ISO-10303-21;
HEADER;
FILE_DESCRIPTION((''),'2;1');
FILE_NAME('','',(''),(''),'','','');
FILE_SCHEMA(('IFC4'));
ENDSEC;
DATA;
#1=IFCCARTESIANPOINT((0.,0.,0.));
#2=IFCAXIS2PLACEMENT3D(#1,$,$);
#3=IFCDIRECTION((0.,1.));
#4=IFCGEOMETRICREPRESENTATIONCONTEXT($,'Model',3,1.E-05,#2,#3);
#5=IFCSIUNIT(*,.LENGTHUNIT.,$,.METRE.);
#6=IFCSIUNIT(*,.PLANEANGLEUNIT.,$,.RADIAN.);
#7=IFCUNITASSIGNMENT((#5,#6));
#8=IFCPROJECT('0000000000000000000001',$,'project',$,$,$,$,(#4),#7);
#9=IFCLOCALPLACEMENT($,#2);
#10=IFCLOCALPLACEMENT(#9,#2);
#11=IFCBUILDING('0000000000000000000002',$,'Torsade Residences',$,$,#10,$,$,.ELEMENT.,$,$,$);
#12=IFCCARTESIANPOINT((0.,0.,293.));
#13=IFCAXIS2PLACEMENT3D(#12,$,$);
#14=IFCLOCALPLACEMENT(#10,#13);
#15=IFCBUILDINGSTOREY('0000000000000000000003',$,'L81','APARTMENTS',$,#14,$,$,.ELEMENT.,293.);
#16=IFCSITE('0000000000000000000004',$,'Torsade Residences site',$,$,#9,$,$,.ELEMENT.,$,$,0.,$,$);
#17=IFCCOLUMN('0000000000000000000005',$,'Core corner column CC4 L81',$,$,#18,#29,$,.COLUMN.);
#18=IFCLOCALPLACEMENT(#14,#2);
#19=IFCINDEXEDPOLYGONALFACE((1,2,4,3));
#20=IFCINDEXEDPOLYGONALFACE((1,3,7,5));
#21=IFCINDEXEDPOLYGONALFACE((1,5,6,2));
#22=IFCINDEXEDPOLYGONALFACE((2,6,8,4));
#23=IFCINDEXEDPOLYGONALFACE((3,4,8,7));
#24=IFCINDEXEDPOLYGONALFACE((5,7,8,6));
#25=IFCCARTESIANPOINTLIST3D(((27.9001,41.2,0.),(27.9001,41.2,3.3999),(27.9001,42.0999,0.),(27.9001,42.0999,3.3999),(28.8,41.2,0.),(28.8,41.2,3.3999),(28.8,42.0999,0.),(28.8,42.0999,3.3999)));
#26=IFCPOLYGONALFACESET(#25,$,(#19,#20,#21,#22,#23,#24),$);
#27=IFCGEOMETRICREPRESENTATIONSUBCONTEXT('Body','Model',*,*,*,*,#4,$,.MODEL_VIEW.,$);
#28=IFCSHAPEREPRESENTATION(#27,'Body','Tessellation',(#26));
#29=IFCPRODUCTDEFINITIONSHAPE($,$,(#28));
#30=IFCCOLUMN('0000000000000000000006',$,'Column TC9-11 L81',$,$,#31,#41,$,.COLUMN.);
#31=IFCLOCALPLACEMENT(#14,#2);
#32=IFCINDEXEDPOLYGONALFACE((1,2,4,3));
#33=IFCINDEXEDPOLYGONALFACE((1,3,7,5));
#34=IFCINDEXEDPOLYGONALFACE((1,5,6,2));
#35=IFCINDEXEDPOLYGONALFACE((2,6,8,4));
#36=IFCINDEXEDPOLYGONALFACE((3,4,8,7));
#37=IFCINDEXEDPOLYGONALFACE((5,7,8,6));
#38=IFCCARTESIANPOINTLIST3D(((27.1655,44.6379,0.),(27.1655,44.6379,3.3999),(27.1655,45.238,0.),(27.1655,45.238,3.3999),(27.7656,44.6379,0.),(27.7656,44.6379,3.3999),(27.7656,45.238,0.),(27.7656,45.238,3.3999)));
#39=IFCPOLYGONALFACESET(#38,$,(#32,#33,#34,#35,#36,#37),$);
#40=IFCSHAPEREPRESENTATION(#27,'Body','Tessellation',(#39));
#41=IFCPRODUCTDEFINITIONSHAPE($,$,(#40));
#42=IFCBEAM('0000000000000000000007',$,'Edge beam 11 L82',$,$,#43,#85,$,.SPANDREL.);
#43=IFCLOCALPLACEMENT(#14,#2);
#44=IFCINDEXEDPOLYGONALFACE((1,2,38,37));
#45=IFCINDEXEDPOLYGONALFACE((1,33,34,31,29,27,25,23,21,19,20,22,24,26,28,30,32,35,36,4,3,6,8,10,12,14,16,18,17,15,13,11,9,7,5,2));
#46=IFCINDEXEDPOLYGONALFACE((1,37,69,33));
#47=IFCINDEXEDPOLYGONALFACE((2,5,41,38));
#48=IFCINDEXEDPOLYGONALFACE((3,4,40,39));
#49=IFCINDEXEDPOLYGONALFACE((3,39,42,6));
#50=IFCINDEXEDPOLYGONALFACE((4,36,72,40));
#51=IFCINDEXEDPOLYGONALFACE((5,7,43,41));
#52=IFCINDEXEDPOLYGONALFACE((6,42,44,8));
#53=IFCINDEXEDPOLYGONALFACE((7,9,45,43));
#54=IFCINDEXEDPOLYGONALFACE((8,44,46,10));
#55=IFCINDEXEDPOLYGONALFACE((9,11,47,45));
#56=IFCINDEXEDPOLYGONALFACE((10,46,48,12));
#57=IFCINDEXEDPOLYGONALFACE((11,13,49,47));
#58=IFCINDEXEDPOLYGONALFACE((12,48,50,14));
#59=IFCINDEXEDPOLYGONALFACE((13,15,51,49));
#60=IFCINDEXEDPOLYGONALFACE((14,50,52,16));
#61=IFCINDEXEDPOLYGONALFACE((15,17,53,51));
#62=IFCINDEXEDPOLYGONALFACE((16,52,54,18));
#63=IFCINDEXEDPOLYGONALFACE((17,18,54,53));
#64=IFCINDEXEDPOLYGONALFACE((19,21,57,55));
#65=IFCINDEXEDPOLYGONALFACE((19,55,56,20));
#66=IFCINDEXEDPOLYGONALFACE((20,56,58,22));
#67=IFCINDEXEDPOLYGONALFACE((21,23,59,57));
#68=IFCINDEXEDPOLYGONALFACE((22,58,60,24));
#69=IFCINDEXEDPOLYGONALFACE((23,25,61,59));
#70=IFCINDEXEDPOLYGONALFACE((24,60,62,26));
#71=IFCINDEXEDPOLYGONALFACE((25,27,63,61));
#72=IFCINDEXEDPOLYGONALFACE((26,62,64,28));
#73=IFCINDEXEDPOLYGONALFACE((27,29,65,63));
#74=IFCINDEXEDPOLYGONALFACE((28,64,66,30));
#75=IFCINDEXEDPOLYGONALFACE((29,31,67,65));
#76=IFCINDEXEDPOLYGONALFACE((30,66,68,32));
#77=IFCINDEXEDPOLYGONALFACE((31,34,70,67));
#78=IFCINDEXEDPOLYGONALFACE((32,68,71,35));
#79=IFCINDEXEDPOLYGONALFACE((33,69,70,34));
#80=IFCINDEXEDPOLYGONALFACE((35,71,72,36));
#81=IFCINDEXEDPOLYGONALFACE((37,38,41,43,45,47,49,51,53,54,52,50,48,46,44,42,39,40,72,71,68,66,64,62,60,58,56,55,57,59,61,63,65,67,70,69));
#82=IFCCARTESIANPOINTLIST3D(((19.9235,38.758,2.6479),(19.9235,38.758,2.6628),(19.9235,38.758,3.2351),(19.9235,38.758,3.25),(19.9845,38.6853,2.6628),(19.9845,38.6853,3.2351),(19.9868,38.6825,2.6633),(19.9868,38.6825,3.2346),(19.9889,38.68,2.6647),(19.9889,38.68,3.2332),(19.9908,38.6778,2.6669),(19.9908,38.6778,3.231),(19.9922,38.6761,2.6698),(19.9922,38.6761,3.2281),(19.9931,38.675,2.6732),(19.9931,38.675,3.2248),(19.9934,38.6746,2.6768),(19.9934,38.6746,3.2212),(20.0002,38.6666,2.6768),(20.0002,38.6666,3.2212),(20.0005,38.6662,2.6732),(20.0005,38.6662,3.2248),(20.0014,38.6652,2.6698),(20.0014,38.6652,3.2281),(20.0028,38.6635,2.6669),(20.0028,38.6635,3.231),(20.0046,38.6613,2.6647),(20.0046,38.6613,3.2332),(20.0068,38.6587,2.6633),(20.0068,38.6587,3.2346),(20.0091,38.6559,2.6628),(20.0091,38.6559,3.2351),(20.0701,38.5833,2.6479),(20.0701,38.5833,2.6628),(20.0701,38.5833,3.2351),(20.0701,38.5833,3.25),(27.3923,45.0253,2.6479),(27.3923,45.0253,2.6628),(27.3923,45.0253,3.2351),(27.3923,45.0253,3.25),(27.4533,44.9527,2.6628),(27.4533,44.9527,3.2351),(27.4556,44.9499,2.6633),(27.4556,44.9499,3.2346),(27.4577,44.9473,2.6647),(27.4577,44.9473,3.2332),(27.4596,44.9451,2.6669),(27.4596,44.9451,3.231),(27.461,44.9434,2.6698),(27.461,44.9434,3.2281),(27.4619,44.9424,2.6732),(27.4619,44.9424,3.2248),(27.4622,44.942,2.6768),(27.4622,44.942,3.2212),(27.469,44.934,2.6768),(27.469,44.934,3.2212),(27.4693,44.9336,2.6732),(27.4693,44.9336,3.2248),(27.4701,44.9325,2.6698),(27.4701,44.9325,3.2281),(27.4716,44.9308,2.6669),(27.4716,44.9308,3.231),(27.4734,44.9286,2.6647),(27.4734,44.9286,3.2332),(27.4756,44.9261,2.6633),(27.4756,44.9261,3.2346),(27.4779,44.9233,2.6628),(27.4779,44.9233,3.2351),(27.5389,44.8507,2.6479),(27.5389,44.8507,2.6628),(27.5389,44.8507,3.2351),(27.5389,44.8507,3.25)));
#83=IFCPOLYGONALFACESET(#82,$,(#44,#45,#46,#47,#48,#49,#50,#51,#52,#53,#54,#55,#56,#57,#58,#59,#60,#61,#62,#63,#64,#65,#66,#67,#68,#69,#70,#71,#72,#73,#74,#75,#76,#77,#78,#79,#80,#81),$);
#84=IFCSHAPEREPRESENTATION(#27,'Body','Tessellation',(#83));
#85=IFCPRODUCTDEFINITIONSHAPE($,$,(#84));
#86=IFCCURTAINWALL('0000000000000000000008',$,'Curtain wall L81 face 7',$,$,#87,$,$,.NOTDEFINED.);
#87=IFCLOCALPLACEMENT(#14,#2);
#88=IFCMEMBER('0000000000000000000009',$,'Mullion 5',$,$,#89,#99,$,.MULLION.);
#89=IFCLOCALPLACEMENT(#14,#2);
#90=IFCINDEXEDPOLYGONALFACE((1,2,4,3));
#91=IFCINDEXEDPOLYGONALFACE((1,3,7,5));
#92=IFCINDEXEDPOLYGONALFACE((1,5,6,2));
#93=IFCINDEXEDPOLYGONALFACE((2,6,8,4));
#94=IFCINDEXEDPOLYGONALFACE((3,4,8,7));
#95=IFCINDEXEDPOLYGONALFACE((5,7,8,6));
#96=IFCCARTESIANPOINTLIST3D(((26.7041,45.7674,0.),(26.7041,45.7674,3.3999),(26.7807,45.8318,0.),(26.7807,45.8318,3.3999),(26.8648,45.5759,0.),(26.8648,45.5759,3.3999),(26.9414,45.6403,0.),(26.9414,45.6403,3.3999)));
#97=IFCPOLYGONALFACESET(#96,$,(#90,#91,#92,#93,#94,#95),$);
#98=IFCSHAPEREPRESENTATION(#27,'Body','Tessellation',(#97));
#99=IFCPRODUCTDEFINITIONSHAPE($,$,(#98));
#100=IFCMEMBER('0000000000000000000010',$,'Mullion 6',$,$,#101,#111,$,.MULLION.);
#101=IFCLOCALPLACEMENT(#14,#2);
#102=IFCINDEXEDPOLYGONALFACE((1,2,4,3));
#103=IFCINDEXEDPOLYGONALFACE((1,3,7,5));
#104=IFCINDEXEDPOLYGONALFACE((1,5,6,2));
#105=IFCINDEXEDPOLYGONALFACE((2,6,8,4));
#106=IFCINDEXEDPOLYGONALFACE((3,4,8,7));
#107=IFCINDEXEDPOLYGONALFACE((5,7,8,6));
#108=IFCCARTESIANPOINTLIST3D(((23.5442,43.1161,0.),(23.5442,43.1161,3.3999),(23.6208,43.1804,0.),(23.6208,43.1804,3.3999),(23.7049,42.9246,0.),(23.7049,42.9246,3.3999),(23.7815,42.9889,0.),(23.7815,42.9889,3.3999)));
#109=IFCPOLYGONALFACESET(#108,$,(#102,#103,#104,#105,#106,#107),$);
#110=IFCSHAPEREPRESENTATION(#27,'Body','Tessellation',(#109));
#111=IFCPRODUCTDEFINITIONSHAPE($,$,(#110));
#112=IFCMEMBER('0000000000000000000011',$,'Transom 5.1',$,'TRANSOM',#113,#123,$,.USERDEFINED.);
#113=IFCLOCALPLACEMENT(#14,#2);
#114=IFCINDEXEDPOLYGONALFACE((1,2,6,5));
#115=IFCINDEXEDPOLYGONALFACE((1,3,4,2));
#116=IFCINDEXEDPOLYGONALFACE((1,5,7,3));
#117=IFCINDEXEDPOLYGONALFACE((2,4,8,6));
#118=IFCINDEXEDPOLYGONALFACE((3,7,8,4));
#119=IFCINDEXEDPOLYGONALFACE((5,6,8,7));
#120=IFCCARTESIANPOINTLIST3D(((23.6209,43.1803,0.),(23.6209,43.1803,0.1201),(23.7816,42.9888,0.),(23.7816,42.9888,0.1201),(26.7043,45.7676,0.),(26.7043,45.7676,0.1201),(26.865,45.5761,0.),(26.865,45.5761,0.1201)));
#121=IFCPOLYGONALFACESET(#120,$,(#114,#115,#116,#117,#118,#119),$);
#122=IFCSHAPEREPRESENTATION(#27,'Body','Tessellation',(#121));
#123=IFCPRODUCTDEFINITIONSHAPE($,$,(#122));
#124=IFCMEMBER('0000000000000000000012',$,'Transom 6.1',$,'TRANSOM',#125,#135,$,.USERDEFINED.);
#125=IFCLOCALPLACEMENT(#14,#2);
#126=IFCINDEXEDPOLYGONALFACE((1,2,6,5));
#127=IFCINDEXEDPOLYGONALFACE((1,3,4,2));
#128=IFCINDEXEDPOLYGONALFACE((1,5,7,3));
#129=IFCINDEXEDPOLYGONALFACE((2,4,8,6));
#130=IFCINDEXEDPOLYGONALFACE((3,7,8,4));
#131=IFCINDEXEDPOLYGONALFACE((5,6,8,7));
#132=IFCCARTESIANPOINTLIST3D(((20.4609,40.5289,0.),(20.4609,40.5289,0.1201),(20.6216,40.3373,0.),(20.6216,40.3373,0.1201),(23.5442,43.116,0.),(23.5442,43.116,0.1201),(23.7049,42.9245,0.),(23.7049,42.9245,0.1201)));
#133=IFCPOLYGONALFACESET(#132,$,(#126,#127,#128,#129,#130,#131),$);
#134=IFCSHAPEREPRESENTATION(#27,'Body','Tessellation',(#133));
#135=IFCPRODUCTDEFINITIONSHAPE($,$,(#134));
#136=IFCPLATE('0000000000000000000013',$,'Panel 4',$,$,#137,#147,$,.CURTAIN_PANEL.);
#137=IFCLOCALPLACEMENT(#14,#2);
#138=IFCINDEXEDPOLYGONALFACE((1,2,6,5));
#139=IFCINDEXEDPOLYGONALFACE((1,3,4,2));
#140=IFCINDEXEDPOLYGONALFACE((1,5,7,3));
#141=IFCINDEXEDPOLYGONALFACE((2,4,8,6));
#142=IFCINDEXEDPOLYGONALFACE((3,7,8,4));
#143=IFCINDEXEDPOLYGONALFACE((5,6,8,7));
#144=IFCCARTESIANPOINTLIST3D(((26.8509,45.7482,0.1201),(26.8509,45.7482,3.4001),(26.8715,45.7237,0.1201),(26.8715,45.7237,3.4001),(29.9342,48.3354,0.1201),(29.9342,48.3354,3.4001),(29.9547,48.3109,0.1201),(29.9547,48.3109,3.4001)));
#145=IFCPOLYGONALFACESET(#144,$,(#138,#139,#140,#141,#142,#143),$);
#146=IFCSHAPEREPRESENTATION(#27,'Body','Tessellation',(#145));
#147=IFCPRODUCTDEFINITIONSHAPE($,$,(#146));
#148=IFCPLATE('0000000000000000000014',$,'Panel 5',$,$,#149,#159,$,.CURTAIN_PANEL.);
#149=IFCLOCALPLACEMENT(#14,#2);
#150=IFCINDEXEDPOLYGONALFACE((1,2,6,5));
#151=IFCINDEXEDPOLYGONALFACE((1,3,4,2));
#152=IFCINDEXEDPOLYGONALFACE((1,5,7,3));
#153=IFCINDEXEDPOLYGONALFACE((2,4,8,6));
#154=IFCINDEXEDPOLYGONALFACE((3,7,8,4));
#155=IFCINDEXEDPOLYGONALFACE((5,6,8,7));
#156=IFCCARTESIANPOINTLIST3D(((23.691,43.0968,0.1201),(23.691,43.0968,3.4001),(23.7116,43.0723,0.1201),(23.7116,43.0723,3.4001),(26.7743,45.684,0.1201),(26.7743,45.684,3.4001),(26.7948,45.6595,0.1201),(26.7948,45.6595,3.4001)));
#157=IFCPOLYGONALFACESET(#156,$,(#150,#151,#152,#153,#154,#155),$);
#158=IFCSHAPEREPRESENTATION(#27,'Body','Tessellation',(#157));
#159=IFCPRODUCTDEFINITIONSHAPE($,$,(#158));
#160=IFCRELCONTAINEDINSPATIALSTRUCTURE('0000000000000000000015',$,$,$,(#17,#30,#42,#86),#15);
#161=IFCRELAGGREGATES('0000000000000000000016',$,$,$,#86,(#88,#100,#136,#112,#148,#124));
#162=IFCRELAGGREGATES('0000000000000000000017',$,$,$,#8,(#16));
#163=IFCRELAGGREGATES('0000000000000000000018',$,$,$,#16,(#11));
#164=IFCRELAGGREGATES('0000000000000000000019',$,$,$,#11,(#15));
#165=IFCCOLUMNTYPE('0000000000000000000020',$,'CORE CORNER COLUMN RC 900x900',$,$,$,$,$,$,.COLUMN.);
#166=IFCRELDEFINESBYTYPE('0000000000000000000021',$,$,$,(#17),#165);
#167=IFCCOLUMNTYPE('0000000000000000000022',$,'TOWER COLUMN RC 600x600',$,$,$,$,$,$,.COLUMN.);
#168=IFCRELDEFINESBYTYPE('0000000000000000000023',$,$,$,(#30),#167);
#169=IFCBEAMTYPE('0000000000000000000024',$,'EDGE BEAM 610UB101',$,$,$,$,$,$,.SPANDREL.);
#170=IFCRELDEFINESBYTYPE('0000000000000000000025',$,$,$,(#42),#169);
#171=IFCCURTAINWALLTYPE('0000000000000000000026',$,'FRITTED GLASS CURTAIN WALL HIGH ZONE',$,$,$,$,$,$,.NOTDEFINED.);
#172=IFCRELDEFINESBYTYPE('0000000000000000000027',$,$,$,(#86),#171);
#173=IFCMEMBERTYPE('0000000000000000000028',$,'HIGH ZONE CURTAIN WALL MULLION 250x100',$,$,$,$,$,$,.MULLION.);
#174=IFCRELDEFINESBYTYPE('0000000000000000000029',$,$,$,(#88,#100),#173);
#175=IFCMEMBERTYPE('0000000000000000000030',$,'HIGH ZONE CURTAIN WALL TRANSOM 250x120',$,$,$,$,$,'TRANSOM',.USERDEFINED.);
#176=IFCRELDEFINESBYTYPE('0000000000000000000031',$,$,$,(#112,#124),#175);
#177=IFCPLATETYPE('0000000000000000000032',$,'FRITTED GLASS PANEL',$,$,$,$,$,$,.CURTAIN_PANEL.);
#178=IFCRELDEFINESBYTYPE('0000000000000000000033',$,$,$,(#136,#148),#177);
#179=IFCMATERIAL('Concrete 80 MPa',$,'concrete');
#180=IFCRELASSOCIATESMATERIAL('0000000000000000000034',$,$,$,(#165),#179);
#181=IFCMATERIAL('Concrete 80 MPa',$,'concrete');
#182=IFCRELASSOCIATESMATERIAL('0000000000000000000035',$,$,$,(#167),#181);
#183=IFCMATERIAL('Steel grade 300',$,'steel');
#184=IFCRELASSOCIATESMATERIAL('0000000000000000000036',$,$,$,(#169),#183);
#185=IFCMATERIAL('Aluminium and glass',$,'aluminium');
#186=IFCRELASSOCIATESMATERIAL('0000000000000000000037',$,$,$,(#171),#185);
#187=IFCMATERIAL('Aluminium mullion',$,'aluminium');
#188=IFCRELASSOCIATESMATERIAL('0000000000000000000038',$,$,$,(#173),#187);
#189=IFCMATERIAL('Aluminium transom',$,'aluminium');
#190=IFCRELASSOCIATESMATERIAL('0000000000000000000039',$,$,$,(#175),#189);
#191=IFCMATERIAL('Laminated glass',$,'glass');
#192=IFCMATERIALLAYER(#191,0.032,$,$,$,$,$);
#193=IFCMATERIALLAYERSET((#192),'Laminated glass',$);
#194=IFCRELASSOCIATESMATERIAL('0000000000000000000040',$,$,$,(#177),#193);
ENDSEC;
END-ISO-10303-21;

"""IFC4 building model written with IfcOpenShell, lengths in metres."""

from ifc_helpers import new_model, si_unit, direction, frame, origin, origin_2d, place, context, subcontext, project, spatial, rectangle, i_section, extrude, material, layer, layer_set, material_profile, profile_set, type_object, element, aggregate, save


model = new_model("IFC4")

# Units and contexts
model_context = context("Model", 3, precision=1e-05, world=origin(), true_north=direction((0.0, 1.0)))
body_context = subcontext(model_context, "Body", "Model", "MODEL_VIEW")
ifc_project = project(units=[si_unit("LENGTHUNIT", "METRE"), si_unit("PLANEANGLEUNIT", "RADIAN")], contexts=[model_context])

# Site, building, storey
site_placement = place(None, origin())
site = spatial("IfcSite", under=ifc_project, at=site_placement, Name="Torsade Residences site", CompositionType="ELEMENT", RefElevation=0.0)
building_placement = place(site_placement, origin())
building = spatial("IfcBuilding", under=site, at=building_placement, Name="Torsade Residences", CompositionType="ELEMENT")
storey_placement = place(building_placement, frame((0.0, 0.0, 293.0)))
storey = spatial("IfcBuildingStorey", under=building, at=storey_placement, Name="L81", Description="APARTMENTS", CompositionType="ELEMENT", Elevation=293.0)

# Columns
ifc_material_1 = material(Name="Concrete 80 MPa", Category="concrete")
ifc_material_profile_1 = material_profile(ifc_material_1, rectangle(XDim=0.8999, YDim=0.8999, at=origin_2d()), Name="RC 900x900")
ifc_profile_set_1 = profile_set([ifc_material_profile_1], Name="Concrete 80 MPa")
column_type_1 = type_object("IfcColumnType", Name="CORE CORNER COLUMN RC 900x900", PredefinedType="COLUMN", material=ifc_profile_set_1)
column_1_placement = place(storey_placement, frame((28.3501, 41.6499, 0.0), z_axis=(0.0, 0.0, 1.0), x_axis=(1.0, 0.0, 0.0)))
element("IfcColumn", 1, at=column_1_placement, inside=storey, type_object=column_type_1, Name="Core corner column CC4 L81", PredefinedType="COLUMN", context=body_context, shape_type="SweptSolid", body=[
    extrude(rectangle(XDim=0.8999, YDim=0.8999, at=origin_2d()), origin(), (0.0, 0.0, 1.0), 3.3999),
])
ifc_material_2 = material(Name="Concrete 80 MPa", Category="concrete")
ifc_material_profile_2 = material_profile(ifc_material_2, rectangle(XDim=0.6001, YDim=0.6001, at=origin_2d()), Name="RC 600x600")
ifc_profile_set_2 = profile_set([ifc_material_profile_2], Name="Concrete 80 MPa")
column_type_2 = type_object("IfcColumnType", Name="TOWER COLUMN RC 600x600", PredefinedType="COLUMN", material=ifc_profile_set_2)
column_2_placement = place(storey_placement, frame((27.4656, 44.938, 0.0), z_axis=(0.0, 0.0, 1.0), x_axis=(1.0, 0.0, 0.0)))
element("IfcColumn", 2, at=column_2_placement, inside=storey, type_object=column_type_2, Name="Column TC9-11 L81", PredefinedType="COLUMN", context=body_context, shape_type="SweptSolid", body=[
    extrude(rectangle(XDim=0.6001, YDim=0.6001, at=origin_2d()), origin(), (0.0, 0.0, 1.0), 3.3999),
])

# Beam
ifc_material_3 = material(Name="Steel grade 300", Category="steel")
ifc_material_profile_3 = material_profile(ifc_material_3, i_section(OverallWidth=0.228, OverallDepth=0.6021, WebThickness=0.0105, FlangeThickness=0.0149, FilletRadius=0.0139, at=origin_2d()), Name="610UB101")
ifc_profile_set_3 = profile_set([ifc_material_profile_3], Name="Steel grade 300")
beam_type = type_object("IfcBeamType", Name="EDGE BEAM 610UB101", PredefinedType="SPANDREL", material=ifc_profile_set_3)
beam_placement = place(storey_placement, frame((27.4656, 44.938, 2.949), z_axis=(-0.766029, -0.642806, 0.0), x_axis=(0.642806, -0.766029, 0.0)))
element("IfcBeam", 3, at=beam_placement, inside=storey, type_object=beam_type, Name="Edge beam 11 L82", PredefinedType="SPANDREL", context=body_context, shape_type="SweptSolid", body=[
    extrude(i_section(OverallWidth=0.228, OverallDepth=0.6021, WebThickness=0.0105, FlangeThickness=0.0149, FilletRadius=0.0139, at=origin_2d()), origin(), (0.0, 0.0, 1.0), 9.75),
])

# Curtain wall, members, plates
ifc_material_4 = material(Name="Aluminium and glass", Category="aluminium")
curtain_wall_type = type_object("IfcCurtainWallType", Name="FRITTED GLASS CURTAIN WALL HIGH ZONE", PredefinedType="NOTDEFINED", material=ifc_material_4)
curtain_wall_placement = place(storey_placement, origin())
curtain_wall = element("IfcCurtainWall", 4, at=curtain_wall_placement, inside=storey, type_object=curtain_wall_type, Name="Curtain wall L81 face 7", PredefinedType="NOTDEFINED")
ifc_material_5 = material(Name="Aluminium mullion", Category="aluminium")
ifc_material_profile_4 = material_profile(ifc_material_5, rectangle(XDim=0.25, YDim=0.1001, at=origin_2d()), Name="HIGH ZONE CURTAIN WALL MULLION 250x100")
ifc_profile_set_4 = profile_set([ifc_material_profile_4], Name="Aluminium mullion")
member_type_1 = type_object("IfcMemberType", Name="HIGH ZONE CURTAIN WALL MULLION 250x100", PredefinedType="MULLION", material=ifc_profile_set_4)
member_1_placement = place(storey_placement, frame((26.8228, 45.7039, 0.0), z_axis=(0.0, 0.0, 1.0), x_axis=(0.642788, -0.766044, 0.0)))
member_1 = element("IfcMember", 5, at=member_1_placement, type_object=member_type_1, Name="Mullion 5", PredefinedType="MULLION", context=body_context, shape_type="SweptSolid", body=[
    extrude(rectangle(XDim=0.25, YDim=0.1001, at=origin_2d()), origin(), (0.0, 0.0, 1.0), 3.3999),
])
member_2_placement = place(storey_placement, frame((23.6628, 43.0525, 0.0), z_axis=(0.0, 0.0, 1.0), x_axis=(0.642788, -0.766044, 0.0)))
member_2 = element("IfcMember", 6, at=member_2_placement, type_object=member_type_1, Name="Mullion 6", PredefinedType="MULLION", context=body_context, shape_type="SweptSolid", body=[
    extrude(rectangle(XDim=0.25, YDim=0.1001, at=origin_2d()), origin(), (0.0, 0.0, 1.0), 3.3999),
])
ifc_material_6 = material(Name="Aluminium transom", Category="aluminium")
ifc_material_profile_5 = material_profile(ifc_material_6, rectangle(XDim=0.25, YDim=0.1201, at=origin_2d()), Name="HIGH ZONE CURTAIN WALL TRANSOM 250x120")
ifc_profile_set_5 = profile_set([ifc_material_profile_5], Name="Aluminium transom")
member_type_2 = type_object("IfcMemberType", Name="HIGH ZONE CURTAIN WALL TRANSOM 250x120", ElementType="TRANSOM", PredefinedType="USERDEFINED", material=ifc_profile_set_5)
member_3_placement = place(storey_placement, frame((26.7847, 45.6719, 0.0601), z_axis=(-0.766039, -0.642794, 0.0), x_axis=(0.642794, -0.766039, 0.0)))
member_3 = element("IfcMember", 7, at=member_3_placement, type_object=member_type_2, Name="Transom 5.1", ObjectType="TRANSOM", PredefinedType="USERDEFINED", context=body_context, shape_type="SweptSolid", body=[
    extrude(rectangle(XDim=0.25, YDim=0.1201, at=origin_2d()), origin(), (0.0, 0.0, 1.0), 4.0251),
])
member_4_placement = place(storey_placement, frame((23.6245, 43.0203, 0.0601), z_axis=(-0.766044, -0.642788, 0.0), x_axis=(0.642788, -0.766044, 0.0)))
member_4 = element("IfcMember", 8, at=member_4_placement, type_object=member_type_2, Name="Transom 6.1", ObjectType="TRANSOM", PredefinedType="USERDEFINED", context=body_context, shape_type="SweptSolid", body=[
    extrude(rectangle(XDim=0.25, YDim=0.1201, at=origin_2d()), origin(), (0.0, 0.0, 1.0), 4.0249),
])
ifc_material_7 = material(Name="Laminated glass", Category="glass")
ifc_layer_1 = layer(ifc_material_7, 0.032)
ifc_layer_set_1 = layer_set([ifc_layer_1], Name="Laminated glass")
plate_type = type_object("IfcPlateType", Name="FRITTED GLASS PANEL", PredefinedType="CURTAIN_PANEL", material=ifc_layer_set_1)
plate_1_placement = place(storey_placement, frame((28.4028, 47.0295, 0.1201), z_axis=(0.0, 0.0, 1.0), x_axis=(-0.766044, -0.642788, 0.0)))
plate_1 = element("IfcPlate", 9, at=plate_1_placement, type_object=plate_type, Name="Panel 4", PredefinedType="CURTAIN_PANEL", context=body_context, shape_type="SweptSolid", body=[
    extrude(rectangle(XDim=4.0249, YDim=0.032, at=origin_2d()), origin(), (0.0, 0.0, 1.0), 3.28),
])
plate_2_placement = place(storey_placement, frame((25.2429, 44.3782, 0.1201), z_axis=(0.0, 0.0, 1.0), x_axis=(-0.766044, -0.642788, 0.0)))
plate_2 = element("IfcPlate", 10, at=plate_2_placement, type_object=plate_type, Name="Panel 5", PredefinedType="CURTAIN_PANEL", context=body_context, shape_type="SweptSolid", body=[
    extrude(rectangle(XDim=4.0249, YDim=0.032, at=origin_2d()), origin(), (0.0, 0.0, 1.0), 3.28),
])
aggregate(curtain_wall, [member_1, member_2, plate_1, member_3, plate_2, member_4])

save(model, "model.ifc")
